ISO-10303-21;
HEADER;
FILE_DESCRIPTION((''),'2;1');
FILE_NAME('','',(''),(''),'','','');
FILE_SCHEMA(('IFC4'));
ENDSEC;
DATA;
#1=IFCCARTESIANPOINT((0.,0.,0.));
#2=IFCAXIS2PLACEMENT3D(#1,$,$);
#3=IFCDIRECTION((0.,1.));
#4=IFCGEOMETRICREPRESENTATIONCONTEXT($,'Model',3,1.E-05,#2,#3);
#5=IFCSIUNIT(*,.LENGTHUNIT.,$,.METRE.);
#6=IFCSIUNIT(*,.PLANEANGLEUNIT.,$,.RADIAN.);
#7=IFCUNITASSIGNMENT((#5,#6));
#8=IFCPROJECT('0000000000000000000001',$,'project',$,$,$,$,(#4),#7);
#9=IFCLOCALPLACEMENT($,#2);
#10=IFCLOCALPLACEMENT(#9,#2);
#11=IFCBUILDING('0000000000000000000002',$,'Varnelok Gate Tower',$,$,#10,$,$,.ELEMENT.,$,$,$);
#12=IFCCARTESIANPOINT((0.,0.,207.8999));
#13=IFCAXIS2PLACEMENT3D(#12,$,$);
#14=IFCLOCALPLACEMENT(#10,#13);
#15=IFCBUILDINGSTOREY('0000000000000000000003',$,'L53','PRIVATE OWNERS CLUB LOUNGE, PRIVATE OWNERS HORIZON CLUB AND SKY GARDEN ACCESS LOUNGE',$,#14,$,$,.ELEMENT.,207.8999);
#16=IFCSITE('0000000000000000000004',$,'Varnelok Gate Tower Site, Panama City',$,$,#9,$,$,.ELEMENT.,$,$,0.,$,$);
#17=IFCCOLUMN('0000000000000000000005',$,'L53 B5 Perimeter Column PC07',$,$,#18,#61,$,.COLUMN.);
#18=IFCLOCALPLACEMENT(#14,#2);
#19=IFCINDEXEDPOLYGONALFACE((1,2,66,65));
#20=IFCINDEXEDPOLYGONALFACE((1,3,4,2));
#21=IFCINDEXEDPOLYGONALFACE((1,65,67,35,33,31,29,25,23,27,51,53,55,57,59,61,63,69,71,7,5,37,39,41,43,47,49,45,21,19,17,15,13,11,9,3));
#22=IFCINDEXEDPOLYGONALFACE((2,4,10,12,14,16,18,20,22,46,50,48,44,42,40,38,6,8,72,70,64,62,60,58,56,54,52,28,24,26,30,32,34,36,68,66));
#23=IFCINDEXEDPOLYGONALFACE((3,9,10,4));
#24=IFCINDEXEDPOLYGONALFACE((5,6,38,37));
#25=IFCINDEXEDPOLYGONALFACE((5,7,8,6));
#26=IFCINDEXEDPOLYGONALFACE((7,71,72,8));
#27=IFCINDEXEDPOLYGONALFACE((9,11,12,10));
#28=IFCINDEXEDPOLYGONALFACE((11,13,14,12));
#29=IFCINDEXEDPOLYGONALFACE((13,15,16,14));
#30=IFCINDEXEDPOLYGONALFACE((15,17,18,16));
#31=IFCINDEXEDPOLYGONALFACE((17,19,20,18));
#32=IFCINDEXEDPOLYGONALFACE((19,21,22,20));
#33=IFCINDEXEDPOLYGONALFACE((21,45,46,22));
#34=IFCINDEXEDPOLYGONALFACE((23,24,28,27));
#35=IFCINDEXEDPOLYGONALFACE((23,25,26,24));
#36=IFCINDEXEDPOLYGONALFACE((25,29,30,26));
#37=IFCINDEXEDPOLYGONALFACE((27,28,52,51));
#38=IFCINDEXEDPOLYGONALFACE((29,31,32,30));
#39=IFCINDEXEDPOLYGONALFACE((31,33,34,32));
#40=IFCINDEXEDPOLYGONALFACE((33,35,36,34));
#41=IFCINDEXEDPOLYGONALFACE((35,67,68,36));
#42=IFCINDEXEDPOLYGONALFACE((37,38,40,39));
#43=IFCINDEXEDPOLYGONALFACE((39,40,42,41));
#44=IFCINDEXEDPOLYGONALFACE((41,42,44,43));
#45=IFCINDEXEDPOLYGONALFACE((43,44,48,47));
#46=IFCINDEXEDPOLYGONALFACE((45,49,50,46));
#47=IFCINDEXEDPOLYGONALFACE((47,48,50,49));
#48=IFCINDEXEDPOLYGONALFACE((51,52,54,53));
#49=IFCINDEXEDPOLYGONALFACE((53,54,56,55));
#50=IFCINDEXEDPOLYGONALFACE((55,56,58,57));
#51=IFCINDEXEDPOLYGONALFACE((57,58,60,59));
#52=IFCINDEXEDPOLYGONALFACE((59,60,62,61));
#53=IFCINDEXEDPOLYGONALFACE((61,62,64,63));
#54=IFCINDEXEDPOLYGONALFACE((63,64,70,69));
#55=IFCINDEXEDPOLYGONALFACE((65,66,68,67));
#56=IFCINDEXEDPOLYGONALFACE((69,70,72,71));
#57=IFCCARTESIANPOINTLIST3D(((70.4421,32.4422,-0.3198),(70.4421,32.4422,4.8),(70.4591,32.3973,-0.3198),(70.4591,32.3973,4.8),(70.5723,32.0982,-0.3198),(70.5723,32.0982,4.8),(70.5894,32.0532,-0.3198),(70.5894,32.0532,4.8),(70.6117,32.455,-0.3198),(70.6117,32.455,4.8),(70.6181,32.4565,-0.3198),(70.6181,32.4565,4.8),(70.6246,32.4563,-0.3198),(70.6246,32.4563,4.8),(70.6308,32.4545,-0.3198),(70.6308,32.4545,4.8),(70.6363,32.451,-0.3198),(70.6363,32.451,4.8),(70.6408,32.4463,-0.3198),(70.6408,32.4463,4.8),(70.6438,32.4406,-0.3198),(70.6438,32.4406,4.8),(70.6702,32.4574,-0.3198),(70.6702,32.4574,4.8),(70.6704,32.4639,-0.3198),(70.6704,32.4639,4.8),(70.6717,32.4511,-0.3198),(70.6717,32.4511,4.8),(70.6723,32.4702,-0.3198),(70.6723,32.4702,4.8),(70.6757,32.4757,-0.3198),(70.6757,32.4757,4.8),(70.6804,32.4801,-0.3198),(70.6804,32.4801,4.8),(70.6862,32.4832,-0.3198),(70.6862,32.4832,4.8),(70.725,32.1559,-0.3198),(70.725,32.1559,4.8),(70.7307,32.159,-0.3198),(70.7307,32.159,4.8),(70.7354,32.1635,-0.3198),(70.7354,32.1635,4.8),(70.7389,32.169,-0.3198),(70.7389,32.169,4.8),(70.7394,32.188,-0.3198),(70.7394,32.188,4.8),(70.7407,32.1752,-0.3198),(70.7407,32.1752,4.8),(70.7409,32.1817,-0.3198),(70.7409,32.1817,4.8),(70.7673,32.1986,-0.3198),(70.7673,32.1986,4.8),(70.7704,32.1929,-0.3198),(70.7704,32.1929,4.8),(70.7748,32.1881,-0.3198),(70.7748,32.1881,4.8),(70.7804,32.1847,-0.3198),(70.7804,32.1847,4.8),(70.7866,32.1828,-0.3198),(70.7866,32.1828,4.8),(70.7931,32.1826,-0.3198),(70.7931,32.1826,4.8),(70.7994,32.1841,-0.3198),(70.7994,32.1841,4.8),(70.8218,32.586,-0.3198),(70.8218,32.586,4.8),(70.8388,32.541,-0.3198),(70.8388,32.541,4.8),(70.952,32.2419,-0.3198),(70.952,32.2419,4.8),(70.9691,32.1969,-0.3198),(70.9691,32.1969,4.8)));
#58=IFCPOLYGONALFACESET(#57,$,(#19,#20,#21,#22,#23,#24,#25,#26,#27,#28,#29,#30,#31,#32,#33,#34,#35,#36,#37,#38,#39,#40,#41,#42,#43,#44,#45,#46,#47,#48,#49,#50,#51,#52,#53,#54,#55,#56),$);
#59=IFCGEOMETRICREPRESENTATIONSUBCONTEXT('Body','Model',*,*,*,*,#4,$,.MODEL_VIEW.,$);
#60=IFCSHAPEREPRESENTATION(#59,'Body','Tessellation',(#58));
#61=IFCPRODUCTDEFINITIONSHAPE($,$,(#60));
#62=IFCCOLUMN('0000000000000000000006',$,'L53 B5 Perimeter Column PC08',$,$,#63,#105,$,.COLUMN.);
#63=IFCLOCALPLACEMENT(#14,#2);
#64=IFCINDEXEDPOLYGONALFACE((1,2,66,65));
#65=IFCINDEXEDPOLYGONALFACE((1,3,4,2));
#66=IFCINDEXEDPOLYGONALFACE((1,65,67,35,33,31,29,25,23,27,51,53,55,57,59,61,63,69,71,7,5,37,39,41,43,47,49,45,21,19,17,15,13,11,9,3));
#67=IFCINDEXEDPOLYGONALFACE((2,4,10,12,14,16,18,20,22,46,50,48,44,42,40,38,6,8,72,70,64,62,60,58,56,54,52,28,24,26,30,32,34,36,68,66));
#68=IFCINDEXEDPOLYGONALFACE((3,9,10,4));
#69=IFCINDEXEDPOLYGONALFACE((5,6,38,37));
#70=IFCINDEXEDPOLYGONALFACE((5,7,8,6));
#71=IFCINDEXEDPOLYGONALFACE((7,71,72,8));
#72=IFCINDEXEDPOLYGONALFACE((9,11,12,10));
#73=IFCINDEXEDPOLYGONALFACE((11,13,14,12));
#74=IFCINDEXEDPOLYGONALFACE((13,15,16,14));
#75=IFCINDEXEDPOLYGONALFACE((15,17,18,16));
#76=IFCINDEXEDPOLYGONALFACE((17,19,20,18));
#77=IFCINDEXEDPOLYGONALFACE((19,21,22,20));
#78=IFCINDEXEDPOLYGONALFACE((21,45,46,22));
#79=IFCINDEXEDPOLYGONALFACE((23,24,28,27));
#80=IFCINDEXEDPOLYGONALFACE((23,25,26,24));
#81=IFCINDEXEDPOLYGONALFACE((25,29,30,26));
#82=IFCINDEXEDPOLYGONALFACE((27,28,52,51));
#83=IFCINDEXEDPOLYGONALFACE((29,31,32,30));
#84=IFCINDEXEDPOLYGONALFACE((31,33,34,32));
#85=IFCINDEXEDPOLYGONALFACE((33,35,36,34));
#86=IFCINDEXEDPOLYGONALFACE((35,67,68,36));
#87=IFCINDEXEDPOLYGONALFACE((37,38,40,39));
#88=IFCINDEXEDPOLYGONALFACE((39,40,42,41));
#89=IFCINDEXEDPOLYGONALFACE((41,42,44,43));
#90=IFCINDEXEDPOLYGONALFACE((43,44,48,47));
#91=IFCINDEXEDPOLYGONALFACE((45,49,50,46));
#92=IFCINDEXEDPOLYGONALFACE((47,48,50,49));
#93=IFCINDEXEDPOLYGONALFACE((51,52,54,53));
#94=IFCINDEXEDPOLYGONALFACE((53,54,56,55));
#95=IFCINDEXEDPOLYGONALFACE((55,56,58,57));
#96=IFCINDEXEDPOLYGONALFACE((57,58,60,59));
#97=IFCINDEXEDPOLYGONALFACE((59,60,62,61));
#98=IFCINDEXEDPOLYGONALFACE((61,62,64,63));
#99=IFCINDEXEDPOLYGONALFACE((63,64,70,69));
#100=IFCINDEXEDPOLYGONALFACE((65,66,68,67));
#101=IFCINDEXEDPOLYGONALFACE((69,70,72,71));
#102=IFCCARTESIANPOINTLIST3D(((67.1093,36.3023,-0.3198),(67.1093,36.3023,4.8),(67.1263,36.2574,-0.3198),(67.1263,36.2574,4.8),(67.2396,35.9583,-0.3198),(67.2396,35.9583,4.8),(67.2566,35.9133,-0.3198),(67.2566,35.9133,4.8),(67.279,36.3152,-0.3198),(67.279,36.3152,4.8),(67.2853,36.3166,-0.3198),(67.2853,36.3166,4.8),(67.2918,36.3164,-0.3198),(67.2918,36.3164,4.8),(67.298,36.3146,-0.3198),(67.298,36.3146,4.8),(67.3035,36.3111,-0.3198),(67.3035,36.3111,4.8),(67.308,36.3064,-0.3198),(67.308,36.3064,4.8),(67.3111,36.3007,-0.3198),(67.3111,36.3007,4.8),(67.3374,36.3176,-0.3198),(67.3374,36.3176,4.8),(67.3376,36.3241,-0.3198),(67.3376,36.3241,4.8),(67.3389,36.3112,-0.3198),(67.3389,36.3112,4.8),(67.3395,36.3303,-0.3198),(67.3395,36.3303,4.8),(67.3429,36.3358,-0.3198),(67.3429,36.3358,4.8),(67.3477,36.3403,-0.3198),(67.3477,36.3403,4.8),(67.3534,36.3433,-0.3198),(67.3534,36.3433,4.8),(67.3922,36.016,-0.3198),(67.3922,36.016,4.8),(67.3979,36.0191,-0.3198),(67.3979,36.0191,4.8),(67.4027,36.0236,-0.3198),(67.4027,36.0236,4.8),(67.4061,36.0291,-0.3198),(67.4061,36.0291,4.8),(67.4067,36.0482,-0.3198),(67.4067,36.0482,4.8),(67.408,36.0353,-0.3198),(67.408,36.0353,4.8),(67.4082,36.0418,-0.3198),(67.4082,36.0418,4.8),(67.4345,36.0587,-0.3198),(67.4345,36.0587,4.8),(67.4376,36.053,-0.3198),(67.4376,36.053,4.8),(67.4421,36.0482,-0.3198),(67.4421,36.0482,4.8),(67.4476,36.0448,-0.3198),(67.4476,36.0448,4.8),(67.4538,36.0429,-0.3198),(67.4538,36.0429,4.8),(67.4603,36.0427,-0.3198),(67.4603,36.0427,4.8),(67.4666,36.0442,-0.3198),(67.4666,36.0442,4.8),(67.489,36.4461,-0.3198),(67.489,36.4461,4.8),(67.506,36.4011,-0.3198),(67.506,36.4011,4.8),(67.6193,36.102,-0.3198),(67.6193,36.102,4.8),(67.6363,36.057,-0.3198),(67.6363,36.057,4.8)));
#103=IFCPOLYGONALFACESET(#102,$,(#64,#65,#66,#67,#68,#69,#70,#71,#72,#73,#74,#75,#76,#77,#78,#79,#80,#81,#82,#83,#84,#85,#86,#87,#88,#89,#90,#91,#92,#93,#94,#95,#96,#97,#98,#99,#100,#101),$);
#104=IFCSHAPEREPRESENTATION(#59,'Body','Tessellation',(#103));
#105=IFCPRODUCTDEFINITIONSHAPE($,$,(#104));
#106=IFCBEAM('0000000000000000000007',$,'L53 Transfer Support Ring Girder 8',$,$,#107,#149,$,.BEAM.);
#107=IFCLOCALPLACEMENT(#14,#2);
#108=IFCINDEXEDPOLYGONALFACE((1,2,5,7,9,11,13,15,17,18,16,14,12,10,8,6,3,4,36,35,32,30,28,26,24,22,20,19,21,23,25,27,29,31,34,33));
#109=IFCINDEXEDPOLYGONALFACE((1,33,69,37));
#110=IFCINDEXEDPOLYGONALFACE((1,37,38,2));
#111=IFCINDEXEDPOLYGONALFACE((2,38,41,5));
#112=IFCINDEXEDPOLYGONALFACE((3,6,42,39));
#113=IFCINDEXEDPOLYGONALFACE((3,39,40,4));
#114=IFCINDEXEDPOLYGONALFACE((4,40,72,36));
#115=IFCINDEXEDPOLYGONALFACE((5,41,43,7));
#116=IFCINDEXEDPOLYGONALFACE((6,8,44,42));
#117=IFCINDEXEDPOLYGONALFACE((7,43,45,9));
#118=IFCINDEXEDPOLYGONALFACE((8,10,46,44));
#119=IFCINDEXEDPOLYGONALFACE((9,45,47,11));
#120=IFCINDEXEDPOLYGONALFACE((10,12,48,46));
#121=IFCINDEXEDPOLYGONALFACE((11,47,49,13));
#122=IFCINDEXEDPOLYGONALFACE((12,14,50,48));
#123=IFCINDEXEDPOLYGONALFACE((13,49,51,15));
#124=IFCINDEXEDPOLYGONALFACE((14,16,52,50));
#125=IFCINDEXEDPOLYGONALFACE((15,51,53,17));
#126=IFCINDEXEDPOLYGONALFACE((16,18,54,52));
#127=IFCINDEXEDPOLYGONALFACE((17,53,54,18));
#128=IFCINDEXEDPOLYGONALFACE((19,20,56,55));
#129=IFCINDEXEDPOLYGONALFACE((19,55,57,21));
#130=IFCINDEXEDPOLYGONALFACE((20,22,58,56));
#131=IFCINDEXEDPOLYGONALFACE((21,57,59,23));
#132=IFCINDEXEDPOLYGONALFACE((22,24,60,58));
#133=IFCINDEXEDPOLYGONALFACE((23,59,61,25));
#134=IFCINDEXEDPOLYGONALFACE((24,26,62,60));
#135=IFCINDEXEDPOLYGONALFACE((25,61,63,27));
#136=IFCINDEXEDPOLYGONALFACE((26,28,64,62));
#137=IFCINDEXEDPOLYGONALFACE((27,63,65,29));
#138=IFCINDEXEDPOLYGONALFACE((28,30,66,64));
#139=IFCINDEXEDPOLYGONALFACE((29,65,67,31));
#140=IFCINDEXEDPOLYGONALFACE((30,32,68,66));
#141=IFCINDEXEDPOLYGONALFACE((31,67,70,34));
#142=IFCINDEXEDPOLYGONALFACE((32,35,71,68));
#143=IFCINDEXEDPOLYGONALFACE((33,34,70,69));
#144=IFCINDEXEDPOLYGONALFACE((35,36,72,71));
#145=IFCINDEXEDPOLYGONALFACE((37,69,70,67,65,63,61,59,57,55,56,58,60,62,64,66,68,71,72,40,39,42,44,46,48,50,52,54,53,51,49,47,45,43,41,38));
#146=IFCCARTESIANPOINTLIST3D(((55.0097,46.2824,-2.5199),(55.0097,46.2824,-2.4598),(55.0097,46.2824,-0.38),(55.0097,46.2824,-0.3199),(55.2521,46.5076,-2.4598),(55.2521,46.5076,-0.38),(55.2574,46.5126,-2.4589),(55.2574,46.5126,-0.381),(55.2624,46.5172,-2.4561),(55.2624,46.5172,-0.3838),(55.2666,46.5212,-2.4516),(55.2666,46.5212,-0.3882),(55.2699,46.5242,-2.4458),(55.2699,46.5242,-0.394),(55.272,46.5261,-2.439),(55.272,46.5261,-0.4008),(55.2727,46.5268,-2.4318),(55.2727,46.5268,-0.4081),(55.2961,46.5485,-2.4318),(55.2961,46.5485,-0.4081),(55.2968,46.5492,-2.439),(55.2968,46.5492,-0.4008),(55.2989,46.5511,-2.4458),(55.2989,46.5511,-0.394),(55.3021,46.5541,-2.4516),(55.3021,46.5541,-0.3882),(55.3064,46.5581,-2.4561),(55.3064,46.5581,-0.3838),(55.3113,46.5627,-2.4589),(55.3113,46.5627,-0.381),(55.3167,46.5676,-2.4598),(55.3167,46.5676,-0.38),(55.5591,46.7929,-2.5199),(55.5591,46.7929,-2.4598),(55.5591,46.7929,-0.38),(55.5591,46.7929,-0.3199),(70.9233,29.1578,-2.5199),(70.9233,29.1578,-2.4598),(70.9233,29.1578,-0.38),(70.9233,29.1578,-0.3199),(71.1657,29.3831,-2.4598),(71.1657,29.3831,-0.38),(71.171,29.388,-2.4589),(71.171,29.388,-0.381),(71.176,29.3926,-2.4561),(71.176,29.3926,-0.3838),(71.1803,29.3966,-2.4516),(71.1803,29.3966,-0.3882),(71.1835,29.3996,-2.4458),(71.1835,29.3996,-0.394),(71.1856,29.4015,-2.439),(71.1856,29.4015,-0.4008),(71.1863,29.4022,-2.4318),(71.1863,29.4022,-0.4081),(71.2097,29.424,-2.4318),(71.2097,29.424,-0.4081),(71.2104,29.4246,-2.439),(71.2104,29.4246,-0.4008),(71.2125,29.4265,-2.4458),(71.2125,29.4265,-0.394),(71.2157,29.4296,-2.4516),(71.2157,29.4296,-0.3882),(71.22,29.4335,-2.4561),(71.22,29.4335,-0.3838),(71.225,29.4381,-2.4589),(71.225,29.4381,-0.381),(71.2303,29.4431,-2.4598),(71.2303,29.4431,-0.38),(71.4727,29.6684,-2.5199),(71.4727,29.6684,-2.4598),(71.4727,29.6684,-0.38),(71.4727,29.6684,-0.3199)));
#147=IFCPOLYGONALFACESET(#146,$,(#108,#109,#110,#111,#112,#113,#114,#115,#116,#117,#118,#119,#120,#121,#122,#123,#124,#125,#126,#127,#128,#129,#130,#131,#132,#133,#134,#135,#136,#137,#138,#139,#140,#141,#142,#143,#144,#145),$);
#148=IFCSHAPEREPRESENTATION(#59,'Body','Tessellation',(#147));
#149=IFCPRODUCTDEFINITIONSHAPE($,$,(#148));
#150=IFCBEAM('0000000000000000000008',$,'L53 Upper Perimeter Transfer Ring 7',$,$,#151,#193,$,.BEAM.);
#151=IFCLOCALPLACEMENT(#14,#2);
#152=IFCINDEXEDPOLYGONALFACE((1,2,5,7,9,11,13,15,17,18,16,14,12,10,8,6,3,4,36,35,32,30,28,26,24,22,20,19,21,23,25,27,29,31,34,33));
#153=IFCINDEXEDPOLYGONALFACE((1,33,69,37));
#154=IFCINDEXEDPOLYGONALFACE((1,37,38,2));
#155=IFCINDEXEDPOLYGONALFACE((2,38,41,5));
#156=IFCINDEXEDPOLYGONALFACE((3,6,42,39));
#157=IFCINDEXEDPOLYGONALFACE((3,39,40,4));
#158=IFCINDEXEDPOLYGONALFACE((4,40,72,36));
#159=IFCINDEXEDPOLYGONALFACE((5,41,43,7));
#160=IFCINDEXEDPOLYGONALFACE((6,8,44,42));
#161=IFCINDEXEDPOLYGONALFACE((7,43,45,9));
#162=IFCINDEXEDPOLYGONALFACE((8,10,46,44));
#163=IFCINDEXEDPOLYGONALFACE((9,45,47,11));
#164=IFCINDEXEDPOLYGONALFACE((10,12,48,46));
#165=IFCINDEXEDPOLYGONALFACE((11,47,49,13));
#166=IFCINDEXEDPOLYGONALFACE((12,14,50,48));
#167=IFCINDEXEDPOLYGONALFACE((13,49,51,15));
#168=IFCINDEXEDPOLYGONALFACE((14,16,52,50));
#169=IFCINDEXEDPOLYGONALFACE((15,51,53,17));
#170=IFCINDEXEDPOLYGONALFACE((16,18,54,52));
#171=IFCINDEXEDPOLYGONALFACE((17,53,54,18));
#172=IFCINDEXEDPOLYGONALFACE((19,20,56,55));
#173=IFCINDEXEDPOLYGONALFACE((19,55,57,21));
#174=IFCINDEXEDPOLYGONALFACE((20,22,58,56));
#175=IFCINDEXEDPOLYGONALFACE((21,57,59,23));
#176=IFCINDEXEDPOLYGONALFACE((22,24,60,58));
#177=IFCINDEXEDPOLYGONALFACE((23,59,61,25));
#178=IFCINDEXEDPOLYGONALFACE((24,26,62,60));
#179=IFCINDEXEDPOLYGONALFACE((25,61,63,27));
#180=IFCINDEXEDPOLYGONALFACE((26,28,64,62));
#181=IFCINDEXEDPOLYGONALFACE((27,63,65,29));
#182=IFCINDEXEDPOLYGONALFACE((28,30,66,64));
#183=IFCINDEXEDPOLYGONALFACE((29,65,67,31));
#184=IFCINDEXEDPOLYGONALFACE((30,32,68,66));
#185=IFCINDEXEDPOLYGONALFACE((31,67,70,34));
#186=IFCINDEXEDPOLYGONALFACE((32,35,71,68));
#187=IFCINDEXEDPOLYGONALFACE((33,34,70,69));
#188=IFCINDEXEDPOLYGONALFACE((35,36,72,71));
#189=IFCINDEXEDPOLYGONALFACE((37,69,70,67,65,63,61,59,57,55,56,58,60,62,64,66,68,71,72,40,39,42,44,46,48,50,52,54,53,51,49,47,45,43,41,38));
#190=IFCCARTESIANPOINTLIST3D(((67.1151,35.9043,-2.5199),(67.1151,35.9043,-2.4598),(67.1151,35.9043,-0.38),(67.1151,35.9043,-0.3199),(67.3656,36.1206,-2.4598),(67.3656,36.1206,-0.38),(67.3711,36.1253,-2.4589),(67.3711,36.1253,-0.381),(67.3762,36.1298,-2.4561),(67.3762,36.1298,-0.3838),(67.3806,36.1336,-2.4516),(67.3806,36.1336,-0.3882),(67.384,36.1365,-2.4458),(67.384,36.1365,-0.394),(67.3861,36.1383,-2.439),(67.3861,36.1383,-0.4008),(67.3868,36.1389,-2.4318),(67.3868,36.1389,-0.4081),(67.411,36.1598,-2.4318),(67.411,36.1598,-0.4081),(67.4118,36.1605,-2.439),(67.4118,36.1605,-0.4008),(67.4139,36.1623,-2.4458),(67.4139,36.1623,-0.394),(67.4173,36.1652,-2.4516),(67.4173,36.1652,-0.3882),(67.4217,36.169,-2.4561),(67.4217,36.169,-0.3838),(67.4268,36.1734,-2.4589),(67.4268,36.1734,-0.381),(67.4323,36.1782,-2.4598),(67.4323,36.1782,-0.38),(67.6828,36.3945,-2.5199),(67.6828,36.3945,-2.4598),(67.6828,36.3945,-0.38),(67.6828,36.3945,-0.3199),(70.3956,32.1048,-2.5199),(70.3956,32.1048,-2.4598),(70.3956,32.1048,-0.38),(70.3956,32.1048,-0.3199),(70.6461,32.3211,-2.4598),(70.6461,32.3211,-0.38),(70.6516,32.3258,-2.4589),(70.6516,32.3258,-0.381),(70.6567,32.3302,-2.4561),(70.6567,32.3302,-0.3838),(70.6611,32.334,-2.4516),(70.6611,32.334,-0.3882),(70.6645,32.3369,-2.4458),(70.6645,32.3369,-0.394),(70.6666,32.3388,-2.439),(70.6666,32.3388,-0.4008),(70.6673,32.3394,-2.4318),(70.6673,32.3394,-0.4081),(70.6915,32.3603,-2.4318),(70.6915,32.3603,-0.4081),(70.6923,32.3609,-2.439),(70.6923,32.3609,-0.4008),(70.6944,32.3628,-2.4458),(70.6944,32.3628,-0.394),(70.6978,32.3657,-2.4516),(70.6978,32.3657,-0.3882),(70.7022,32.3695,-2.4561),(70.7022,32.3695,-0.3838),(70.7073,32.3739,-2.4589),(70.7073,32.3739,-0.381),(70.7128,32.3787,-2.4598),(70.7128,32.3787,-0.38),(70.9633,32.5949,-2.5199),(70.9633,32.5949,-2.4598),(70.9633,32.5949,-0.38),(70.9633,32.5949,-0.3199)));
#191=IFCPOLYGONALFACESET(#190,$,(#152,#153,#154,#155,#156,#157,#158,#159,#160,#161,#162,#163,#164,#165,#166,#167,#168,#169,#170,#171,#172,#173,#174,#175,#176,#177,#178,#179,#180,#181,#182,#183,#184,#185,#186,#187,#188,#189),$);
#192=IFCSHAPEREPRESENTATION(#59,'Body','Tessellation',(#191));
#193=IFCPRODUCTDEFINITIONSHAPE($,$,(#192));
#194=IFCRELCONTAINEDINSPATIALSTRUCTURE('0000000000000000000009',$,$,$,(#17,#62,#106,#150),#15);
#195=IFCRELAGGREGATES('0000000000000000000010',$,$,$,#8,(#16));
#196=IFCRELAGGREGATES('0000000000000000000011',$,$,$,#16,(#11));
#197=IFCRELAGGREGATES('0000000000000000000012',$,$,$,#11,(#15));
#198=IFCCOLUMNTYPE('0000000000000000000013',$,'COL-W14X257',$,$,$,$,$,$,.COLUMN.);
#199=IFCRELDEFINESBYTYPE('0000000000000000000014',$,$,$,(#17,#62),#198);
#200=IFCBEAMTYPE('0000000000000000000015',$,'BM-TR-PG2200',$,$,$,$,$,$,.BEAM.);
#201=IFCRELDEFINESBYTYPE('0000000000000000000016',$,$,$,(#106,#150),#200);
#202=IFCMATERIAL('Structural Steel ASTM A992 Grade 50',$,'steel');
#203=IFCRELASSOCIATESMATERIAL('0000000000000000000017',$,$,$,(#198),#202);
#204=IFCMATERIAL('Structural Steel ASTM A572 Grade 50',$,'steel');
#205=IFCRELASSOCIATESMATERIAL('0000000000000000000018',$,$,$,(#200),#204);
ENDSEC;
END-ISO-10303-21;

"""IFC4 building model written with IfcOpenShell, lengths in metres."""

from ifc_helpers import new_model, si_unit, direction, frame, origin, origin_2d, place, context, subcontext, project, spatial, i_section, extrude, material, material_profile, profile_set, type_object, element, save


model = new_model("IFC4")

# Units and contexts
model_context = context("Model", 3, precision=1e-05, world=origin(), true_north=direction((0.0, 1.0)))
body_context = subcontext(model_context, "Body", "Model", "MODEL_VIEW")
ifc_project = project(units=[si_unit("LENGTHUNIT", "METRE"), si_unit("PLANEANGLEUNIT", "RADIAN")], contexts=[model_context])

# Site, building, storey
site_placement = place(None, origin())
site = spatial("IfcSite", under=ifc_project, at=site_placement, Name="Varnelok Gate Tower Site, Panama City", CompositionType="ELEMENT", RefElevation=0.0)
building_placement = place(site_placement, origin())
building = spatial("IfcBuilding", under=site, at=building_placement, Name="Varnelok Gate Tower", CompositionType="ELEMENT")
storey_placement = place(building_placement, frame((0.0, 0.0, 207.8999)))
storey = spatial("IfcBuildingStorey", under=building, at=storey_placement, Name="L53", Description="PRIVATE OWNERS CLUB LOUNGE, PRIVATE OWNERS HORIZON CLUB AND SKY GARDEN ACCESS LOUNGE", CompositionType="ELEMENT", Elevation=207.8999)

# Columns
ifc_material_1 = material(Name="Structural Steel ASTM A992 Grade 50", Category="steel")
ifc_material_profile_1 = material_profile(ifc_material_1, i_section(OverallWidth=0.406, OverallDepth=0.416, WebThickness=0.0298, FlangeThickness=0.0481, FilletRadius=0.0249, at=origin_2d()), Name="W14X257")
ifc_profile_set_1 = profile_set([ifc_material_profile_1], Name="Structural Steel ASTM A992 Grade 50")
column_type = type_object("IfcColumnType", Name="COL-W14X257", PredefinedType="COLUMN", material=ifc_profile_set_1)
for number, where, z_axis, x_axis, name in (
    (1, (70.7056, 32.3196, -0.3198), (0.0, 0.0, 1.0), (0.935222, 0.354063, 0.0), "L53 B5 Perimeter Column PC07"),
    (2, (67.3728, 36.1797, -0.3198), (0.0, 0.0, 1.0), (0.935222, 0.354063, 0.0), "L53 B5 Perimeter Column PC08"),
):
    element("IfcColumn", number, at=place(storey_placement, frame(where, z_axis=z_axis, x_axis=x_axis)), inside=storey, type_object=column_type, Name=name, PredefinedType="COLUMN", context=body_context, shape_type="SweptSolid", body=[
        extrude(i_section(OverallWidth=0.406, OverallDepth=0.416, WebThickness=0.0298, FlangeThickness=0.0481, FilletRadius=0.0249, at=origin_2d()), origin(), (0.0, 0.0, 1.0), 5.1199),
    ])

# Beams
ifc_material_2 = material(Name="Structural Steel ASTM A572 Grade 50", Category="steel")
ifc_material_profile_2 = material_profile(ifc_material_2, i_section(OverallWidth=0.75, OverallDepth=2.2, WebThickness=0.032, FlangeThickness=0.0601, FilletRadius=0.0281, at=origin_2d()), Name="PG2200X750")
ifc_profile_set_2 = profile_set([ifc_material_profile_2], Name="Structural Steel ASTM A572 Grade 50")
beam_type = type_object("IfcBeamType", Name="BM-TR-PG2200", PredefinedType="BEAM", material=ifc_profile_set_2)
beam_1_placement = place(storey_placement, frame((71.198, 29.4131, -1.4199), z_axis=(-0.680732, 0.732532, 0.0), x_axis=(-0.732532, -0.680732, 0.0)))
element("IfcBeam", 3, at=beam_1_placement, inside=storey, type_object=beam_type, Name="L53 Transfer Support Ring Girder 8", PredefinedType="BEAM", context=body_context, shape_type="SweptSolid", body=[
    extrude(i_section(OverallWidth=0.75, OverallDepth=2.2, WebThickness=0.032, FlangeThickness=0.0601, FilletRadius=0.0281, at=origin_2d()), origin(), (0.0, 0.0, 1.0), 23.3772),
])
beam_2_placement = place(storey_placement, frame((70.6794, 32.3499, -1.4199), z_axis=(-0.653515, 0.756914, 0.0), x_axis=(-0.756914, -0.653515, 0.0)))
element("IfcBeam", 4, at=beam_2_placement, inside=storey, type_object=beam_type, Name="L53 Upper Perimeter Transfer Ring 7", PredefinedType="BEAM", context=body_context, shape_type="SweptSolid", body=[
    extrude(i_section(OverallWidth=0.75, OverallDepth=2.2, WebThickness=0.032, FlangeThickness=0.0601, FilletRadius=0.0281, at=origin_2d()), origin(), (0.0, 0.0, 1.0), 5.0198),
])

save(model, "model.ifc")
